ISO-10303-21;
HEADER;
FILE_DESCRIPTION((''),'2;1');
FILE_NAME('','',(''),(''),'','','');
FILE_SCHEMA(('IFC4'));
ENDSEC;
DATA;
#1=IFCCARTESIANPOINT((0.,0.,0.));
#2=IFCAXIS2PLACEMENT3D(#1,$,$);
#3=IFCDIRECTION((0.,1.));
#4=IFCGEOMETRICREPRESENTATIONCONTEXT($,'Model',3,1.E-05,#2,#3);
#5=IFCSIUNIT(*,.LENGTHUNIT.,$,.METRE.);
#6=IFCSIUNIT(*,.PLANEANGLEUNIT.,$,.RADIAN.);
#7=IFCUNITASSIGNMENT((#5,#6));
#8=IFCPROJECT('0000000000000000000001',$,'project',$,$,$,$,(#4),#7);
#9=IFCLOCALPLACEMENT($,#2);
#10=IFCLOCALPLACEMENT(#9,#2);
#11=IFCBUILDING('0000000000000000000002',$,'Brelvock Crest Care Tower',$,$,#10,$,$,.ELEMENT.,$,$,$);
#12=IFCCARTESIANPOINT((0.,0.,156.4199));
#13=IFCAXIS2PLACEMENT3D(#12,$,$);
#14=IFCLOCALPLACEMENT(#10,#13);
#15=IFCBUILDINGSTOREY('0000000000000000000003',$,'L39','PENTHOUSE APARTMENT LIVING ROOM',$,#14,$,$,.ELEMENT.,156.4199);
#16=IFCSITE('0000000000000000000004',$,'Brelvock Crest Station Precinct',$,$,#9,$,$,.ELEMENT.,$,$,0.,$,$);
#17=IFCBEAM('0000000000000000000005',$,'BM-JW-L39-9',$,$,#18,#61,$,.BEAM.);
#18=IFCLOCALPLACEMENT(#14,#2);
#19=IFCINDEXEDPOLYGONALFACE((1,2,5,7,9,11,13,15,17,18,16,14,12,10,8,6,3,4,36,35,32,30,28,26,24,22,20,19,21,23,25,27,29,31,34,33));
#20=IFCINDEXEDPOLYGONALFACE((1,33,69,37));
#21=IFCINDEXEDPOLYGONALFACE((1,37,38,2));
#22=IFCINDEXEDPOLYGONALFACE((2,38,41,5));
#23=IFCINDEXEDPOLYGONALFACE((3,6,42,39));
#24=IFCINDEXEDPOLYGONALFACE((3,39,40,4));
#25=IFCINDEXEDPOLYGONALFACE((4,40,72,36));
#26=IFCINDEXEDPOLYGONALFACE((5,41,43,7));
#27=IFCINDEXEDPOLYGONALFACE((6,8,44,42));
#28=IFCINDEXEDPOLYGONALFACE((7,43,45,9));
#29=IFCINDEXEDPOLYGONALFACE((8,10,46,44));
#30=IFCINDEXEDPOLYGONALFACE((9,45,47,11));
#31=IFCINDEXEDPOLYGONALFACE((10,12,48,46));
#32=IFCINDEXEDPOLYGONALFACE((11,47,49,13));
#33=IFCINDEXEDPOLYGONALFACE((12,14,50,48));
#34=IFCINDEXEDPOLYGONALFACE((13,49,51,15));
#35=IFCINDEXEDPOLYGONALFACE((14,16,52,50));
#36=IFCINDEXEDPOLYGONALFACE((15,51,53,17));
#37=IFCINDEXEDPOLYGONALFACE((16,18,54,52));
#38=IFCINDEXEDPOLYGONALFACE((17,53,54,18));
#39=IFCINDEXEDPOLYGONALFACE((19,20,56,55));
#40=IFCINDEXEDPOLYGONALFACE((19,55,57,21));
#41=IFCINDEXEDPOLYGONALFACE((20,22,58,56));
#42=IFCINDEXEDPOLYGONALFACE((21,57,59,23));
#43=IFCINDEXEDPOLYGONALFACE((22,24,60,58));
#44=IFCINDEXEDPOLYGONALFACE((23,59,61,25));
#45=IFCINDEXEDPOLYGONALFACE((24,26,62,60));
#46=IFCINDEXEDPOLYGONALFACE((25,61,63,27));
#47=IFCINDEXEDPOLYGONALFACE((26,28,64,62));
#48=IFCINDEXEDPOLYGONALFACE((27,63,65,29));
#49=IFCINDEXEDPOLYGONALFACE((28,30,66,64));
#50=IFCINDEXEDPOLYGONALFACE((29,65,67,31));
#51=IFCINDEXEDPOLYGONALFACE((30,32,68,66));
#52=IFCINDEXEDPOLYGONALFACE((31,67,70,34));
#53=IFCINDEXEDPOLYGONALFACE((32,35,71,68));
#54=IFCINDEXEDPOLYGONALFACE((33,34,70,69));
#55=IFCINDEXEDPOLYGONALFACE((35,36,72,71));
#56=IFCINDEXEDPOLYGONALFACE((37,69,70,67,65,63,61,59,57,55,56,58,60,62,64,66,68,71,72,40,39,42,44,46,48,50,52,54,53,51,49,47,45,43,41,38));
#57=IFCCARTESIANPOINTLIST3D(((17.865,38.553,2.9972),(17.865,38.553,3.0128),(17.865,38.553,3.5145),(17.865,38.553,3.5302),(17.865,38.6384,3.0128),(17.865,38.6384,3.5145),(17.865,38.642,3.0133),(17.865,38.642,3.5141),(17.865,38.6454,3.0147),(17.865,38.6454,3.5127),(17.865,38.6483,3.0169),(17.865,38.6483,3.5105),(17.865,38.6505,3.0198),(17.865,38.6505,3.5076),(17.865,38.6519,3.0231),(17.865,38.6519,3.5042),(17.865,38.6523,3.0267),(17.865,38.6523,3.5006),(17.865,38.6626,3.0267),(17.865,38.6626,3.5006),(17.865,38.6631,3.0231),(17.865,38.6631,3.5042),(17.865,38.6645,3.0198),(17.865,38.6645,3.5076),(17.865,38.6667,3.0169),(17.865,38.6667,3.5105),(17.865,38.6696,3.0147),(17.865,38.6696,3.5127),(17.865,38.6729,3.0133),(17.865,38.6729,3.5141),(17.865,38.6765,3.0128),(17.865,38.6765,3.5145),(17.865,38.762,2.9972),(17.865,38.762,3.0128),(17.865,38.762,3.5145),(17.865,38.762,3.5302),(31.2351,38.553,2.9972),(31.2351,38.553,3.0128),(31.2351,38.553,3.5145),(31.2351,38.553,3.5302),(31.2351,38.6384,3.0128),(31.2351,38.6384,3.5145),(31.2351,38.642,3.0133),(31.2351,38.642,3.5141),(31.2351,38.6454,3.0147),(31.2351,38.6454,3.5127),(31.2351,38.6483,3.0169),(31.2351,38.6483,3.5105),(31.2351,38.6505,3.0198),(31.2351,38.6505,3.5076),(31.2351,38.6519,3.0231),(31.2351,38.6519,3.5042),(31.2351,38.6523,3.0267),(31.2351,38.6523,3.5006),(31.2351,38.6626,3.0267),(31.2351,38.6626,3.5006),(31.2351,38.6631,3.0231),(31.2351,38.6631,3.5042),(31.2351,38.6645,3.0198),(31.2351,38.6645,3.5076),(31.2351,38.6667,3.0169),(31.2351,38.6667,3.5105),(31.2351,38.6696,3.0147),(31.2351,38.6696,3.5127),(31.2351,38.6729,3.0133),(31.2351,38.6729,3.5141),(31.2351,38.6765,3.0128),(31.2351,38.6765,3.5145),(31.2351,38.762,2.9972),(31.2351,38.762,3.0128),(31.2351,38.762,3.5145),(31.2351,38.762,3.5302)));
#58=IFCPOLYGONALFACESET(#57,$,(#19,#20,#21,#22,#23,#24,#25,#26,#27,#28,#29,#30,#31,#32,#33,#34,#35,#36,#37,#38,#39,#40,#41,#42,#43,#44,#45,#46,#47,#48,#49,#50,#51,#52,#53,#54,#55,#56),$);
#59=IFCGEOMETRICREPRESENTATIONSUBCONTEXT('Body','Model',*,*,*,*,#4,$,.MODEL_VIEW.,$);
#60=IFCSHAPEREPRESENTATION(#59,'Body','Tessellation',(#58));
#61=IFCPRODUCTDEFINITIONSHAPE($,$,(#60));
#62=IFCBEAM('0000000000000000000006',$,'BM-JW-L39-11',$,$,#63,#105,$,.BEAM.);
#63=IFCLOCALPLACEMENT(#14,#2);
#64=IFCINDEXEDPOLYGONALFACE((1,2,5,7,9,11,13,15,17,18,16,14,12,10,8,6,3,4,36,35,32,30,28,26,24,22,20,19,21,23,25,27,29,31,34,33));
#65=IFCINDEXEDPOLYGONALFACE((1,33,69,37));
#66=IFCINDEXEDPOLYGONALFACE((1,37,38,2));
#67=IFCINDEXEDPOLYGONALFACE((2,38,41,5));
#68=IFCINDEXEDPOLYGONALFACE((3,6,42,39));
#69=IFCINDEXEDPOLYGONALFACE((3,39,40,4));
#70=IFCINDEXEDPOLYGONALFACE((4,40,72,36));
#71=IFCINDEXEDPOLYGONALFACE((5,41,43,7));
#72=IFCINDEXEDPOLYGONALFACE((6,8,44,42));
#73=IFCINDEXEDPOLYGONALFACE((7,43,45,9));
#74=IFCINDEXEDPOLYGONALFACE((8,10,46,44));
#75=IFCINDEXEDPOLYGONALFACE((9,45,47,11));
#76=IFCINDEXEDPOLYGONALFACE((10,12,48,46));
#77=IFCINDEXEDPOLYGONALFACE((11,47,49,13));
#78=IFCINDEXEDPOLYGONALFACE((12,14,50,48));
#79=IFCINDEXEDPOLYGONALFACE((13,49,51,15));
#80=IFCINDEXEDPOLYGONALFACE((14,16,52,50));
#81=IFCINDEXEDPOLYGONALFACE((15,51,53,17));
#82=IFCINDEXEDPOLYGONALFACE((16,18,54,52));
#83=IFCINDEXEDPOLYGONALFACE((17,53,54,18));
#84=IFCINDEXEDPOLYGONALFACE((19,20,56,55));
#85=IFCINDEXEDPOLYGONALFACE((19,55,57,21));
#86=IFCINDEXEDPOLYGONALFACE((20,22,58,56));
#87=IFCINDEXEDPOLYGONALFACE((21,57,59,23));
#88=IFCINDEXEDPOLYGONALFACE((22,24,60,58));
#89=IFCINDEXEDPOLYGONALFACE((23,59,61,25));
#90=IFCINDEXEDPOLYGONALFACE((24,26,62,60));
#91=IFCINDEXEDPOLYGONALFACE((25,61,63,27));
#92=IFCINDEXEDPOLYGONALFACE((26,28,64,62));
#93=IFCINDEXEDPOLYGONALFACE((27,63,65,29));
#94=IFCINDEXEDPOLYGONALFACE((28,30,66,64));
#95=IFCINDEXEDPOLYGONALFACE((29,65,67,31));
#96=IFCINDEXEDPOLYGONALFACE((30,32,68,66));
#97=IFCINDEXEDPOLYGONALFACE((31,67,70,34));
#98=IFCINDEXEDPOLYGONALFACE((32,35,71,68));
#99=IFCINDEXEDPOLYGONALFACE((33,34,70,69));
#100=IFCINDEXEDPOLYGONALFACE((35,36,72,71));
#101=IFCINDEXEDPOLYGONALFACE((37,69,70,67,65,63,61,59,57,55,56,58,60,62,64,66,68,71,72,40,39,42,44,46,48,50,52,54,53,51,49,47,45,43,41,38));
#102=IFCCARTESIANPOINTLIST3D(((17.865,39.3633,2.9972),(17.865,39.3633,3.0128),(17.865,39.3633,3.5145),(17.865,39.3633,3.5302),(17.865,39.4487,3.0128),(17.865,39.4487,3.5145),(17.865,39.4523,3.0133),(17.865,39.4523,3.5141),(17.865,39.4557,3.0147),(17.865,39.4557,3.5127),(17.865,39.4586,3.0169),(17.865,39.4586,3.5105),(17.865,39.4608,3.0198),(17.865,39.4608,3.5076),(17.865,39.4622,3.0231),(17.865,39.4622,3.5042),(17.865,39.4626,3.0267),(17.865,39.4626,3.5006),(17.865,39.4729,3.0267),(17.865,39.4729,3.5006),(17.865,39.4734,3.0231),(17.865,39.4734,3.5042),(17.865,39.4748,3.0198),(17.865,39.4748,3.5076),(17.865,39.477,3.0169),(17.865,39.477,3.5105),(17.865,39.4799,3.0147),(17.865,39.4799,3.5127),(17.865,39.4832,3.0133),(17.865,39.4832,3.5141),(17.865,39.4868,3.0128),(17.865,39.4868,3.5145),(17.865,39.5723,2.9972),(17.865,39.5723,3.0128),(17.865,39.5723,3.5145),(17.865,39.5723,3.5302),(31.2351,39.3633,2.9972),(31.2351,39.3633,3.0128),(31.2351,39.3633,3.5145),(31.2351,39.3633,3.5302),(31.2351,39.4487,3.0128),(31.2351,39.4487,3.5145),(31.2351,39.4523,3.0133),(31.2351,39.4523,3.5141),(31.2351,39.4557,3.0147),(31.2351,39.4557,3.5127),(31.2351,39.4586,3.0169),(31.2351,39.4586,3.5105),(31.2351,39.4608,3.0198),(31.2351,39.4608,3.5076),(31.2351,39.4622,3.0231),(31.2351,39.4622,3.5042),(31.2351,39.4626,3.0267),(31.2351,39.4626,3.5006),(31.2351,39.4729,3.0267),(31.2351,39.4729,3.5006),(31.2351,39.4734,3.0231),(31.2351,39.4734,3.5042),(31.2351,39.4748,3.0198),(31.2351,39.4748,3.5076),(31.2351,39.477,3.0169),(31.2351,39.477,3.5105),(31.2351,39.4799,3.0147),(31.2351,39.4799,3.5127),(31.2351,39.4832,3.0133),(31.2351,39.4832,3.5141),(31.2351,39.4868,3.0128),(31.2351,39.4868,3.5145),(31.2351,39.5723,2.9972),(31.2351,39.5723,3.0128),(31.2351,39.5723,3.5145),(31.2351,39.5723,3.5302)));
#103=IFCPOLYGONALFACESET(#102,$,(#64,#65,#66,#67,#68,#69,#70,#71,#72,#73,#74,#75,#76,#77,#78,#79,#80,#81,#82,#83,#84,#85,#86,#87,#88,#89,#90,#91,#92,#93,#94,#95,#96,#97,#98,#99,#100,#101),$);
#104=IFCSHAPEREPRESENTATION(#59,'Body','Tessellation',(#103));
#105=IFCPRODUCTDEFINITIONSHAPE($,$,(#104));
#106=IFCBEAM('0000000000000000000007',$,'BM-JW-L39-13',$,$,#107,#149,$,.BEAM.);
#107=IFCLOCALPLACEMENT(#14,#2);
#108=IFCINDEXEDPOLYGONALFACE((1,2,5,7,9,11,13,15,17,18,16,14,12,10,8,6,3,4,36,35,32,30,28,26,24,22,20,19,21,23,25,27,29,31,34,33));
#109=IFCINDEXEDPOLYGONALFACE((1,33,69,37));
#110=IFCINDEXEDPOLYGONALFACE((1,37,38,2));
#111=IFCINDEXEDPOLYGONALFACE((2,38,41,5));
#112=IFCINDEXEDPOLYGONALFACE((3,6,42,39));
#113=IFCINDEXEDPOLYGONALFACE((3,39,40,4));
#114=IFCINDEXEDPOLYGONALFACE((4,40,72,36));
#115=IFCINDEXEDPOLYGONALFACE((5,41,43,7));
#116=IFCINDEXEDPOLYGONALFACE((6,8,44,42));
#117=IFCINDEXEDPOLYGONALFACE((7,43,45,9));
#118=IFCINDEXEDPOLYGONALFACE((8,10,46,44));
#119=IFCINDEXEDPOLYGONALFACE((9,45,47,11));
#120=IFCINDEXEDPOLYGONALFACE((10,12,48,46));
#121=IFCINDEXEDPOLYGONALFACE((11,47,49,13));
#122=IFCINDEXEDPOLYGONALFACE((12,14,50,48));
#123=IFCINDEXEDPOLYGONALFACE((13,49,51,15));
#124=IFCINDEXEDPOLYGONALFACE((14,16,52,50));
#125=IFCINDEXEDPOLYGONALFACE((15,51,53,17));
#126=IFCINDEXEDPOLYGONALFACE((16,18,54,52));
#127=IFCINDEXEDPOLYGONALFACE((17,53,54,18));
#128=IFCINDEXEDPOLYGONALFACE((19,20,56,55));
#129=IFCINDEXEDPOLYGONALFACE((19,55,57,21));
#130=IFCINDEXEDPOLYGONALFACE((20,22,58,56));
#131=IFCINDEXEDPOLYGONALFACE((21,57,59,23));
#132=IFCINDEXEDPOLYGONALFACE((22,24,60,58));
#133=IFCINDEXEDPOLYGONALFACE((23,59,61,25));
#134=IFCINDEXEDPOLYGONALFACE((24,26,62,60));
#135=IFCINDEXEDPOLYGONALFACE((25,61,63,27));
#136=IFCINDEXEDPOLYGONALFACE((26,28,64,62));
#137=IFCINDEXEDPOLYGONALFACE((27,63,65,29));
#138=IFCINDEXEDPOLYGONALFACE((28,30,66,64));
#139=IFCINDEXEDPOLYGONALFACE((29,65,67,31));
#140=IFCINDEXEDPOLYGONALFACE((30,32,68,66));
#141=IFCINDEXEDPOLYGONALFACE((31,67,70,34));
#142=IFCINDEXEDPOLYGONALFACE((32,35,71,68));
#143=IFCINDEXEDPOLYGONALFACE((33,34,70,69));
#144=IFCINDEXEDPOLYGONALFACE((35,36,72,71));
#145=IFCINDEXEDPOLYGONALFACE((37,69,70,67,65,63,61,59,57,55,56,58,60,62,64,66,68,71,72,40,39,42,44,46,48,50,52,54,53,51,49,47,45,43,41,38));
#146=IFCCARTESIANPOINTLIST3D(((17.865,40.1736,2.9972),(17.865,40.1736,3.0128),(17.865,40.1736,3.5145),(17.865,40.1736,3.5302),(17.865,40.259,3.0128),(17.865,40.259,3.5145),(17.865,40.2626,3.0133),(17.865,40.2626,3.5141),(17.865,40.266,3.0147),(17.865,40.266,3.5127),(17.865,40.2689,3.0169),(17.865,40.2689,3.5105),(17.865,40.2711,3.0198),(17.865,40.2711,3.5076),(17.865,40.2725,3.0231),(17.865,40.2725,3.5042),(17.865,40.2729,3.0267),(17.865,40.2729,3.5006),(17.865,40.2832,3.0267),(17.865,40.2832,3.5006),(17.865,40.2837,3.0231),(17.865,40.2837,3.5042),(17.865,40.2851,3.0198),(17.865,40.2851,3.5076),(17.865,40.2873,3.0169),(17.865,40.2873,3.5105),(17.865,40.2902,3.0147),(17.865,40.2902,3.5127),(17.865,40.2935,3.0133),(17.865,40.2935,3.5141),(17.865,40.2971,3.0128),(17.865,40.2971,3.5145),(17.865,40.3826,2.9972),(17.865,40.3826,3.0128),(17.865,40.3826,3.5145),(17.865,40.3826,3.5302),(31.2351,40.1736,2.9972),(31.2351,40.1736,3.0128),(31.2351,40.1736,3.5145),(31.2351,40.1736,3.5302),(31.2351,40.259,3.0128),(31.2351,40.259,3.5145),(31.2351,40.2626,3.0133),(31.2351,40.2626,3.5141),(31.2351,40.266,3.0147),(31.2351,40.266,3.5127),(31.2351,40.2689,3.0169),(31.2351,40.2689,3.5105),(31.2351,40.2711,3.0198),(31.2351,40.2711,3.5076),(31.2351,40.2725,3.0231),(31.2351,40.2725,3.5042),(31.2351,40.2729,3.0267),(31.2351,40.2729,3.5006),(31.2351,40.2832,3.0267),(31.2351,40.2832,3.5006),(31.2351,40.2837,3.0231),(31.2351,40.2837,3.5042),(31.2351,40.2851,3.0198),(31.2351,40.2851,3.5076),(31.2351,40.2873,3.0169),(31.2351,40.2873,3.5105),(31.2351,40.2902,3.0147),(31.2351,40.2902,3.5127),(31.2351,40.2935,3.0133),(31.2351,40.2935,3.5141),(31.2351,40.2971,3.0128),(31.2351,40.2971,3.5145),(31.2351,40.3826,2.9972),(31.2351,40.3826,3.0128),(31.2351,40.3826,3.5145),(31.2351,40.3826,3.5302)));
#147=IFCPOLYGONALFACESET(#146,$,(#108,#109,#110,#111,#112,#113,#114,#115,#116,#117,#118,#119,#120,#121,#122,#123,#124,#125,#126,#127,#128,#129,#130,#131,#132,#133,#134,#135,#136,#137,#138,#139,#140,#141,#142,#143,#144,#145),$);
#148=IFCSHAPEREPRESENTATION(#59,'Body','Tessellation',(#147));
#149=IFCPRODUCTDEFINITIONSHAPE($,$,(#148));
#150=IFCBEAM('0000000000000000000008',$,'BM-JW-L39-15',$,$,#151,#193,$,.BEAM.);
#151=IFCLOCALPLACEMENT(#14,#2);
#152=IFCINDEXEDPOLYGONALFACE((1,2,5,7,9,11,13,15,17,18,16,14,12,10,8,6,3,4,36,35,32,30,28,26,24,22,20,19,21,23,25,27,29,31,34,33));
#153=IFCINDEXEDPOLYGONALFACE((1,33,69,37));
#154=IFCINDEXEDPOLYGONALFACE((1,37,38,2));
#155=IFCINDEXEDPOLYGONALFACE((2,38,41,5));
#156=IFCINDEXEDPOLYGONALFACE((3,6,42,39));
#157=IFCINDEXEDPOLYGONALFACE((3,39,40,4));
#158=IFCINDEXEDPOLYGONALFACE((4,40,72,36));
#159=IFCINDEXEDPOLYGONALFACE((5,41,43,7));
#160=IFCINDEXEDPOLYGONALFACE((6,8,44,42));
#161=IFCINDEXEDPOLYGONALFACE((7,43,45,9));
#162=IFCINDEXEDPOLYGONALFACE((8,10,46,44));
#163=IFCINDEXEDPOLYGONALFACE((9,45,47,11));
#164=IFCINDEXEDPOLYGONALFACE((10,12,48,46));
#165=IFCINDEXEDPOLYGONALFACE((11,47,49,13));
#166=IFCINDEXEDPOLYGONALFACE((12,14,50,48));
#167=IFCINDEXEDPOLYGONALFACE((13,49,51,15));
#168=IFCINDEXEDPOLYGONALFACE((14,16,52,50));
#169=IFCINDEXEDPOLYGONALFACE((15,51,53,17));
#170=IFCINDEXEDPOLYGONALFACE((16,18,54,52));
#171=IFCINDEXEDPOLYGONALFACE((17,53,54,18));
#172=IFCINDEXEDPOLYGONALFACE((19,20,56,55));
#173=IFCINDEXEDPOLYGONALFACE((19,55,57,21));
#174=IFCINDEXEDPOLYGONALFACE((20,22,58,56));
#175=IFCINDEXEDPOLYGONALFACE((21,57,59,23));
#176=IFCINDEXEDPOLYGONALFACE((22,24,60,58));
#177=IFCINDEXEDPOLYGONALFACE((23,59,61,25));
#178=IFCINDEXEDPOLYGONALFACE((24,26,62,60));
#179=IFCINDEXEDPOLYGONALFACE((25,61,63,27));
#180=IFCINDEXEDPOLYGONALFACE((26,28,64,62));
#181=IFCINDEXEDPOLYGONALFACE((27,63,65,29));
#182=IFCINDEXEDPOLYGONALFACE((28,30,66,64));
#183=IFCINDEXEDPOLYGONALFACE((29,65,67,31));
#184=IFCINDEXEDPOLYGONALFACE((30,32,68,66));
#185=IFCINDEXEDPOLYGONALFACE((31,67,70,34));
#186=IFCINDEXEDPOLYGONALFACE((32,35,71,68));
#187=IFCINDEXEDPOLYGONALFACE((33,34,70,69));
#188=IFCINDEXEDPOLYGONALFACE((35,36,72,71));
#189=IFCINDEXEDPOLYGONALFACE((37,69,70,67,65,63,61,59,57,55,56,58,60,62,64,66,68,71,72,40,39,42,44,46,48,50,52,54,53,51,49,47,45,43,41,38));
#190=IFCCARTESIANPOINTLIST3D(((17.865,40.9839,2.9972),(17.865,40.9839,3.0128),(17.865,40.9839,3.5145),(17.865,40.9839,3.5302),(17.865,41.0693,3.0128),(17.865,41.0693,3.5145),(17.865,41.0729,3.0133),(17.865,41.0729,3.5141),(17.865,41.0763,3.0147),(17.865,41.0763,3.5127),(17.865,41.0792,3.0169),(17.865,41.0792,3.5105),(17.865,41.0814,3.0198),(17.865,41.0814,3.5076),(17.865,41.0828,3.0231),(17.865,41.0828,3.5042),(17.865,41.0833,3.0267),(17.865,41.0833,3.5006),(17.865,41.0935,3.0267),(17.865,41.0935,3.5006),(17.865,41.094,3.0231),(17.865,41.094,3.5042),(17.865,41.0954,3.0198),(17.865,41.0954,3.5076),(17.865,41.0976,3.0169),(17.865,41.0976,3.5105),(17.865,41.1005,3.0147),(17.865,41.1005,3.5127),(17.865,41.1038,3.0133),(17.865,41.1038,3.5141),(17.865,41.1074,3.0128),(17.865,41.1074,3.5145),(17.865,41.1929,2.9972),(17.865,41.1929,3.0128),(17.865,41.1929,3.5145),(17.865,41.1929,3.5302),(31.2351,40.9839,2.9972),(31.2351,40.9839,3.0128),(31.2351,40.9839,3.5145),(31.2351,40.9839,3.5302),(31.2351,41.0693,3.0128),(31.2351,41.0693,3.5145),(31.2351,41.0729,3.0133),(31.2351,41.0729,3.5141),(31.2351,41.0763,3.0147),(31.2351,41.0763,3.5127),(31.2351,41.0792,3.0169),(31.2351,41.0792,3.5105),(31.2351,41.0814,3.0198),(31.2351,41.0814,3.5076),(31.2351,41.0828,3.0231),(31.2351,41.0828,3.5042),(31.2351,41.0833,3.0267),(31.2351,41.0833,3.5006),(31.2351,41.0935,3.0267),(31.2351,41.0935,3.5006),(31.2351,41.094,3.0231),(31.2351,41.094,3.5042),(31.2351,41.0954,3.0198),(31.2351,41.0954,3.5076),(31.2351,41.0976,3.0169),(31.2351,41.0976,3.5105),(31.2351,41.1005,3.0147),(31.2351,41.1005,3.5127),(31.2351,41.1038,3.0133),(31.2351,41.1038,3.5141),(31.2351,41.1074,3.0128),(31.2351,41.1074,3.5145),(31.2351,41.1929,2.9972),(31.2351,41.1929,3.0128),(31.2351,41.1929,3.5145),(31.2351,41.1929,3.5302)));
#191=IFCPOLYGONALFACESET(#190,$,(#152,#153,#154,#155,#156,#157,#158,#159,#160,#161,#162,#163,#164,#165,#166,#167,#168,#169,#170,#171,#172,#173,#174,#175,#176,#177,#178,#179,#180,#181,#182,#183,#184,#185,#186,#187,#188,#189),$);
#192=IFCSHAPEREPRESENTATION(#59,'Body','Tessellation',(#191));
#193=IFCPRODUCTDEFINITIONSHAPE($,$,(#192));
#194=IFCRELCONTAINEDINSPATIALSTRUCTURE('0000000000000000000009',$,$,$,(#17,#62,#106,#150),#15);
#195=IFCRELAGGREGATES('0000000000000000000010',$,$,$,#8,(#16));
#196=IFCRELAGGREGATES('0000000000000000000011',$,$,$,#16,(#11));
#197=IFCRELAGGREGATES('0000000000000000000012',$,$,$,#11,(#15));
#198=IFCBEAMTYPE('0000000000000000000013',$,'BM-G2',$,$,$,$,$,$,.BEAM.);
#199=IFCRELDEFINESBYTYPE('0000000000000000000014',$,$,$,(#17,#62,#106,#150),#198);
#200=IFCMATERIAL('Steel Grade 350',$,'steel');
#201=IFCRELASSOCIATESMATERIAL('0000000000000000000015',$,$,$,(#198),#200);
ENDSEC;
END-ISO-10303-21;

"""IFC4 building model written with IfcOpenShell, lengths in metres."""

from ifc_helpers import new_model, si_unit, direction, frame, origin, origin_2d, place, context, subcontext, project, spatial, i_section, extrude, source, transform, mapped, material, material_profile, profile_set, type_object, element, save


model = new_model("IFC4")

# Units and contexts
model_context = context("Model", 3, precision=1e-05, world=origin(), true_north=direction((0.0, 1.0)))
body_context = subcontext(model_context, "Body", "Model", "MODEL_VIEW")
ifc_project = project(units=[si_unit("LENGTHUNIT", "METRE"), si_unit("PLANEANGLEUNIT", "RADIAN")], contexts=[model_context])

# Site, building, storey
site_placement = place(None, origin())
site = spatial("IfcSite", under=ifc_project, at=site_placement, Name="Brelvock Crest Station Precinct", CompositionType="ELEMENT", RefElevation=0.0)
building_placement = place(site_placement, origin())
building = spatial("IfcBuilding", under=site, at=building_placement, Name="Brelvock Crest Care Tower", CompositionType="ELEMENT")
storey_placement = place(building_placement, frame((0.0, 0.0, 156.4199)))
storey = spatial("IfcBuildingStorey", under=building, at=storey_placement, Name="L39", Description="PENTHOUSE APARTMENT LIVING ROOM", CompositionType="ELEMENT", Elevation=156.4199)

# Shared definitions
ifc_material_1 = material(Name="Steel Grade 350", Category="steel")

# Beams
ifc_material_profile_1 = material_profile(ifc_material_1, i_section(OverallWidth=0.209, OverallDepth=0.533, WebThickness=0.0103, FlangeThickness=0.0156, FilletRadius=0.0139, at=origin_2d()), Name="530UB92.4")
ifc_profile_set_1 = profile_set([ifc_material_profile_1], Name="Steel Grade 350")
beam_type_1 = type_object("IfcBeamType", Name="BM-G2", PredefinedType="BEAM", material=ifc_profile_set_1)
shared_shape_1 = source(origin(), body_context, "Body", "SweptSolid", [
    extrude(i_section(OverallWidth=0.209, OverallDepth=0.533, WebThickness=0.0103, FlangeThickness=0.0156, FilletRadius=0.0139, at=origin_2d()), origin(), (0.0, 0.0, 1.0), 13.3701),
])
for number, where, z_axis, x_axis, name in (
    (1, (17.865, 38.6575, 3.2637), (1.0, 0.0, 0.0), (0.0, 1.0, 0.0), "BM-JW-L39-9"),
    (2, (17.865, 39.4678, 3.2637), (1.0, 0.0, 0.0), (0.0, 1.0, 0.0), "BM-JW-L39-11"),
    (3, (17.865, 40.2781, 3.2637), (1.0, 0.0, 0.0), (0.0, 1.0, 0.0), "BM-JW-L39-13"),
    (4, (17.865, 41.0884, 3.2637), (1.0, 0.0, 0.0), (0.0, 1.0, 0.0), "BM-JW-L39-15"),
):
    element("IfcBeam", number, at=place(storey_placement, frame(where, z_axis=z_axis, x_axis=x_axis)), inside=storey, type_object=beam_type_1, Name=name, PredefinedType="BEAM", context=body_context, shape_type="MappedRepresentation", body=[
        mapped(shared_shape_1, transform((0.0, 0.0, 0.0), x_axis=(1.0, 0.0, 0.0), y_axis=(0.0, 1.0, 0.0), z_axis=(0.0, 0.0, 1.0), scale=1.0)),
    ])

save(model, "model.ifc")
